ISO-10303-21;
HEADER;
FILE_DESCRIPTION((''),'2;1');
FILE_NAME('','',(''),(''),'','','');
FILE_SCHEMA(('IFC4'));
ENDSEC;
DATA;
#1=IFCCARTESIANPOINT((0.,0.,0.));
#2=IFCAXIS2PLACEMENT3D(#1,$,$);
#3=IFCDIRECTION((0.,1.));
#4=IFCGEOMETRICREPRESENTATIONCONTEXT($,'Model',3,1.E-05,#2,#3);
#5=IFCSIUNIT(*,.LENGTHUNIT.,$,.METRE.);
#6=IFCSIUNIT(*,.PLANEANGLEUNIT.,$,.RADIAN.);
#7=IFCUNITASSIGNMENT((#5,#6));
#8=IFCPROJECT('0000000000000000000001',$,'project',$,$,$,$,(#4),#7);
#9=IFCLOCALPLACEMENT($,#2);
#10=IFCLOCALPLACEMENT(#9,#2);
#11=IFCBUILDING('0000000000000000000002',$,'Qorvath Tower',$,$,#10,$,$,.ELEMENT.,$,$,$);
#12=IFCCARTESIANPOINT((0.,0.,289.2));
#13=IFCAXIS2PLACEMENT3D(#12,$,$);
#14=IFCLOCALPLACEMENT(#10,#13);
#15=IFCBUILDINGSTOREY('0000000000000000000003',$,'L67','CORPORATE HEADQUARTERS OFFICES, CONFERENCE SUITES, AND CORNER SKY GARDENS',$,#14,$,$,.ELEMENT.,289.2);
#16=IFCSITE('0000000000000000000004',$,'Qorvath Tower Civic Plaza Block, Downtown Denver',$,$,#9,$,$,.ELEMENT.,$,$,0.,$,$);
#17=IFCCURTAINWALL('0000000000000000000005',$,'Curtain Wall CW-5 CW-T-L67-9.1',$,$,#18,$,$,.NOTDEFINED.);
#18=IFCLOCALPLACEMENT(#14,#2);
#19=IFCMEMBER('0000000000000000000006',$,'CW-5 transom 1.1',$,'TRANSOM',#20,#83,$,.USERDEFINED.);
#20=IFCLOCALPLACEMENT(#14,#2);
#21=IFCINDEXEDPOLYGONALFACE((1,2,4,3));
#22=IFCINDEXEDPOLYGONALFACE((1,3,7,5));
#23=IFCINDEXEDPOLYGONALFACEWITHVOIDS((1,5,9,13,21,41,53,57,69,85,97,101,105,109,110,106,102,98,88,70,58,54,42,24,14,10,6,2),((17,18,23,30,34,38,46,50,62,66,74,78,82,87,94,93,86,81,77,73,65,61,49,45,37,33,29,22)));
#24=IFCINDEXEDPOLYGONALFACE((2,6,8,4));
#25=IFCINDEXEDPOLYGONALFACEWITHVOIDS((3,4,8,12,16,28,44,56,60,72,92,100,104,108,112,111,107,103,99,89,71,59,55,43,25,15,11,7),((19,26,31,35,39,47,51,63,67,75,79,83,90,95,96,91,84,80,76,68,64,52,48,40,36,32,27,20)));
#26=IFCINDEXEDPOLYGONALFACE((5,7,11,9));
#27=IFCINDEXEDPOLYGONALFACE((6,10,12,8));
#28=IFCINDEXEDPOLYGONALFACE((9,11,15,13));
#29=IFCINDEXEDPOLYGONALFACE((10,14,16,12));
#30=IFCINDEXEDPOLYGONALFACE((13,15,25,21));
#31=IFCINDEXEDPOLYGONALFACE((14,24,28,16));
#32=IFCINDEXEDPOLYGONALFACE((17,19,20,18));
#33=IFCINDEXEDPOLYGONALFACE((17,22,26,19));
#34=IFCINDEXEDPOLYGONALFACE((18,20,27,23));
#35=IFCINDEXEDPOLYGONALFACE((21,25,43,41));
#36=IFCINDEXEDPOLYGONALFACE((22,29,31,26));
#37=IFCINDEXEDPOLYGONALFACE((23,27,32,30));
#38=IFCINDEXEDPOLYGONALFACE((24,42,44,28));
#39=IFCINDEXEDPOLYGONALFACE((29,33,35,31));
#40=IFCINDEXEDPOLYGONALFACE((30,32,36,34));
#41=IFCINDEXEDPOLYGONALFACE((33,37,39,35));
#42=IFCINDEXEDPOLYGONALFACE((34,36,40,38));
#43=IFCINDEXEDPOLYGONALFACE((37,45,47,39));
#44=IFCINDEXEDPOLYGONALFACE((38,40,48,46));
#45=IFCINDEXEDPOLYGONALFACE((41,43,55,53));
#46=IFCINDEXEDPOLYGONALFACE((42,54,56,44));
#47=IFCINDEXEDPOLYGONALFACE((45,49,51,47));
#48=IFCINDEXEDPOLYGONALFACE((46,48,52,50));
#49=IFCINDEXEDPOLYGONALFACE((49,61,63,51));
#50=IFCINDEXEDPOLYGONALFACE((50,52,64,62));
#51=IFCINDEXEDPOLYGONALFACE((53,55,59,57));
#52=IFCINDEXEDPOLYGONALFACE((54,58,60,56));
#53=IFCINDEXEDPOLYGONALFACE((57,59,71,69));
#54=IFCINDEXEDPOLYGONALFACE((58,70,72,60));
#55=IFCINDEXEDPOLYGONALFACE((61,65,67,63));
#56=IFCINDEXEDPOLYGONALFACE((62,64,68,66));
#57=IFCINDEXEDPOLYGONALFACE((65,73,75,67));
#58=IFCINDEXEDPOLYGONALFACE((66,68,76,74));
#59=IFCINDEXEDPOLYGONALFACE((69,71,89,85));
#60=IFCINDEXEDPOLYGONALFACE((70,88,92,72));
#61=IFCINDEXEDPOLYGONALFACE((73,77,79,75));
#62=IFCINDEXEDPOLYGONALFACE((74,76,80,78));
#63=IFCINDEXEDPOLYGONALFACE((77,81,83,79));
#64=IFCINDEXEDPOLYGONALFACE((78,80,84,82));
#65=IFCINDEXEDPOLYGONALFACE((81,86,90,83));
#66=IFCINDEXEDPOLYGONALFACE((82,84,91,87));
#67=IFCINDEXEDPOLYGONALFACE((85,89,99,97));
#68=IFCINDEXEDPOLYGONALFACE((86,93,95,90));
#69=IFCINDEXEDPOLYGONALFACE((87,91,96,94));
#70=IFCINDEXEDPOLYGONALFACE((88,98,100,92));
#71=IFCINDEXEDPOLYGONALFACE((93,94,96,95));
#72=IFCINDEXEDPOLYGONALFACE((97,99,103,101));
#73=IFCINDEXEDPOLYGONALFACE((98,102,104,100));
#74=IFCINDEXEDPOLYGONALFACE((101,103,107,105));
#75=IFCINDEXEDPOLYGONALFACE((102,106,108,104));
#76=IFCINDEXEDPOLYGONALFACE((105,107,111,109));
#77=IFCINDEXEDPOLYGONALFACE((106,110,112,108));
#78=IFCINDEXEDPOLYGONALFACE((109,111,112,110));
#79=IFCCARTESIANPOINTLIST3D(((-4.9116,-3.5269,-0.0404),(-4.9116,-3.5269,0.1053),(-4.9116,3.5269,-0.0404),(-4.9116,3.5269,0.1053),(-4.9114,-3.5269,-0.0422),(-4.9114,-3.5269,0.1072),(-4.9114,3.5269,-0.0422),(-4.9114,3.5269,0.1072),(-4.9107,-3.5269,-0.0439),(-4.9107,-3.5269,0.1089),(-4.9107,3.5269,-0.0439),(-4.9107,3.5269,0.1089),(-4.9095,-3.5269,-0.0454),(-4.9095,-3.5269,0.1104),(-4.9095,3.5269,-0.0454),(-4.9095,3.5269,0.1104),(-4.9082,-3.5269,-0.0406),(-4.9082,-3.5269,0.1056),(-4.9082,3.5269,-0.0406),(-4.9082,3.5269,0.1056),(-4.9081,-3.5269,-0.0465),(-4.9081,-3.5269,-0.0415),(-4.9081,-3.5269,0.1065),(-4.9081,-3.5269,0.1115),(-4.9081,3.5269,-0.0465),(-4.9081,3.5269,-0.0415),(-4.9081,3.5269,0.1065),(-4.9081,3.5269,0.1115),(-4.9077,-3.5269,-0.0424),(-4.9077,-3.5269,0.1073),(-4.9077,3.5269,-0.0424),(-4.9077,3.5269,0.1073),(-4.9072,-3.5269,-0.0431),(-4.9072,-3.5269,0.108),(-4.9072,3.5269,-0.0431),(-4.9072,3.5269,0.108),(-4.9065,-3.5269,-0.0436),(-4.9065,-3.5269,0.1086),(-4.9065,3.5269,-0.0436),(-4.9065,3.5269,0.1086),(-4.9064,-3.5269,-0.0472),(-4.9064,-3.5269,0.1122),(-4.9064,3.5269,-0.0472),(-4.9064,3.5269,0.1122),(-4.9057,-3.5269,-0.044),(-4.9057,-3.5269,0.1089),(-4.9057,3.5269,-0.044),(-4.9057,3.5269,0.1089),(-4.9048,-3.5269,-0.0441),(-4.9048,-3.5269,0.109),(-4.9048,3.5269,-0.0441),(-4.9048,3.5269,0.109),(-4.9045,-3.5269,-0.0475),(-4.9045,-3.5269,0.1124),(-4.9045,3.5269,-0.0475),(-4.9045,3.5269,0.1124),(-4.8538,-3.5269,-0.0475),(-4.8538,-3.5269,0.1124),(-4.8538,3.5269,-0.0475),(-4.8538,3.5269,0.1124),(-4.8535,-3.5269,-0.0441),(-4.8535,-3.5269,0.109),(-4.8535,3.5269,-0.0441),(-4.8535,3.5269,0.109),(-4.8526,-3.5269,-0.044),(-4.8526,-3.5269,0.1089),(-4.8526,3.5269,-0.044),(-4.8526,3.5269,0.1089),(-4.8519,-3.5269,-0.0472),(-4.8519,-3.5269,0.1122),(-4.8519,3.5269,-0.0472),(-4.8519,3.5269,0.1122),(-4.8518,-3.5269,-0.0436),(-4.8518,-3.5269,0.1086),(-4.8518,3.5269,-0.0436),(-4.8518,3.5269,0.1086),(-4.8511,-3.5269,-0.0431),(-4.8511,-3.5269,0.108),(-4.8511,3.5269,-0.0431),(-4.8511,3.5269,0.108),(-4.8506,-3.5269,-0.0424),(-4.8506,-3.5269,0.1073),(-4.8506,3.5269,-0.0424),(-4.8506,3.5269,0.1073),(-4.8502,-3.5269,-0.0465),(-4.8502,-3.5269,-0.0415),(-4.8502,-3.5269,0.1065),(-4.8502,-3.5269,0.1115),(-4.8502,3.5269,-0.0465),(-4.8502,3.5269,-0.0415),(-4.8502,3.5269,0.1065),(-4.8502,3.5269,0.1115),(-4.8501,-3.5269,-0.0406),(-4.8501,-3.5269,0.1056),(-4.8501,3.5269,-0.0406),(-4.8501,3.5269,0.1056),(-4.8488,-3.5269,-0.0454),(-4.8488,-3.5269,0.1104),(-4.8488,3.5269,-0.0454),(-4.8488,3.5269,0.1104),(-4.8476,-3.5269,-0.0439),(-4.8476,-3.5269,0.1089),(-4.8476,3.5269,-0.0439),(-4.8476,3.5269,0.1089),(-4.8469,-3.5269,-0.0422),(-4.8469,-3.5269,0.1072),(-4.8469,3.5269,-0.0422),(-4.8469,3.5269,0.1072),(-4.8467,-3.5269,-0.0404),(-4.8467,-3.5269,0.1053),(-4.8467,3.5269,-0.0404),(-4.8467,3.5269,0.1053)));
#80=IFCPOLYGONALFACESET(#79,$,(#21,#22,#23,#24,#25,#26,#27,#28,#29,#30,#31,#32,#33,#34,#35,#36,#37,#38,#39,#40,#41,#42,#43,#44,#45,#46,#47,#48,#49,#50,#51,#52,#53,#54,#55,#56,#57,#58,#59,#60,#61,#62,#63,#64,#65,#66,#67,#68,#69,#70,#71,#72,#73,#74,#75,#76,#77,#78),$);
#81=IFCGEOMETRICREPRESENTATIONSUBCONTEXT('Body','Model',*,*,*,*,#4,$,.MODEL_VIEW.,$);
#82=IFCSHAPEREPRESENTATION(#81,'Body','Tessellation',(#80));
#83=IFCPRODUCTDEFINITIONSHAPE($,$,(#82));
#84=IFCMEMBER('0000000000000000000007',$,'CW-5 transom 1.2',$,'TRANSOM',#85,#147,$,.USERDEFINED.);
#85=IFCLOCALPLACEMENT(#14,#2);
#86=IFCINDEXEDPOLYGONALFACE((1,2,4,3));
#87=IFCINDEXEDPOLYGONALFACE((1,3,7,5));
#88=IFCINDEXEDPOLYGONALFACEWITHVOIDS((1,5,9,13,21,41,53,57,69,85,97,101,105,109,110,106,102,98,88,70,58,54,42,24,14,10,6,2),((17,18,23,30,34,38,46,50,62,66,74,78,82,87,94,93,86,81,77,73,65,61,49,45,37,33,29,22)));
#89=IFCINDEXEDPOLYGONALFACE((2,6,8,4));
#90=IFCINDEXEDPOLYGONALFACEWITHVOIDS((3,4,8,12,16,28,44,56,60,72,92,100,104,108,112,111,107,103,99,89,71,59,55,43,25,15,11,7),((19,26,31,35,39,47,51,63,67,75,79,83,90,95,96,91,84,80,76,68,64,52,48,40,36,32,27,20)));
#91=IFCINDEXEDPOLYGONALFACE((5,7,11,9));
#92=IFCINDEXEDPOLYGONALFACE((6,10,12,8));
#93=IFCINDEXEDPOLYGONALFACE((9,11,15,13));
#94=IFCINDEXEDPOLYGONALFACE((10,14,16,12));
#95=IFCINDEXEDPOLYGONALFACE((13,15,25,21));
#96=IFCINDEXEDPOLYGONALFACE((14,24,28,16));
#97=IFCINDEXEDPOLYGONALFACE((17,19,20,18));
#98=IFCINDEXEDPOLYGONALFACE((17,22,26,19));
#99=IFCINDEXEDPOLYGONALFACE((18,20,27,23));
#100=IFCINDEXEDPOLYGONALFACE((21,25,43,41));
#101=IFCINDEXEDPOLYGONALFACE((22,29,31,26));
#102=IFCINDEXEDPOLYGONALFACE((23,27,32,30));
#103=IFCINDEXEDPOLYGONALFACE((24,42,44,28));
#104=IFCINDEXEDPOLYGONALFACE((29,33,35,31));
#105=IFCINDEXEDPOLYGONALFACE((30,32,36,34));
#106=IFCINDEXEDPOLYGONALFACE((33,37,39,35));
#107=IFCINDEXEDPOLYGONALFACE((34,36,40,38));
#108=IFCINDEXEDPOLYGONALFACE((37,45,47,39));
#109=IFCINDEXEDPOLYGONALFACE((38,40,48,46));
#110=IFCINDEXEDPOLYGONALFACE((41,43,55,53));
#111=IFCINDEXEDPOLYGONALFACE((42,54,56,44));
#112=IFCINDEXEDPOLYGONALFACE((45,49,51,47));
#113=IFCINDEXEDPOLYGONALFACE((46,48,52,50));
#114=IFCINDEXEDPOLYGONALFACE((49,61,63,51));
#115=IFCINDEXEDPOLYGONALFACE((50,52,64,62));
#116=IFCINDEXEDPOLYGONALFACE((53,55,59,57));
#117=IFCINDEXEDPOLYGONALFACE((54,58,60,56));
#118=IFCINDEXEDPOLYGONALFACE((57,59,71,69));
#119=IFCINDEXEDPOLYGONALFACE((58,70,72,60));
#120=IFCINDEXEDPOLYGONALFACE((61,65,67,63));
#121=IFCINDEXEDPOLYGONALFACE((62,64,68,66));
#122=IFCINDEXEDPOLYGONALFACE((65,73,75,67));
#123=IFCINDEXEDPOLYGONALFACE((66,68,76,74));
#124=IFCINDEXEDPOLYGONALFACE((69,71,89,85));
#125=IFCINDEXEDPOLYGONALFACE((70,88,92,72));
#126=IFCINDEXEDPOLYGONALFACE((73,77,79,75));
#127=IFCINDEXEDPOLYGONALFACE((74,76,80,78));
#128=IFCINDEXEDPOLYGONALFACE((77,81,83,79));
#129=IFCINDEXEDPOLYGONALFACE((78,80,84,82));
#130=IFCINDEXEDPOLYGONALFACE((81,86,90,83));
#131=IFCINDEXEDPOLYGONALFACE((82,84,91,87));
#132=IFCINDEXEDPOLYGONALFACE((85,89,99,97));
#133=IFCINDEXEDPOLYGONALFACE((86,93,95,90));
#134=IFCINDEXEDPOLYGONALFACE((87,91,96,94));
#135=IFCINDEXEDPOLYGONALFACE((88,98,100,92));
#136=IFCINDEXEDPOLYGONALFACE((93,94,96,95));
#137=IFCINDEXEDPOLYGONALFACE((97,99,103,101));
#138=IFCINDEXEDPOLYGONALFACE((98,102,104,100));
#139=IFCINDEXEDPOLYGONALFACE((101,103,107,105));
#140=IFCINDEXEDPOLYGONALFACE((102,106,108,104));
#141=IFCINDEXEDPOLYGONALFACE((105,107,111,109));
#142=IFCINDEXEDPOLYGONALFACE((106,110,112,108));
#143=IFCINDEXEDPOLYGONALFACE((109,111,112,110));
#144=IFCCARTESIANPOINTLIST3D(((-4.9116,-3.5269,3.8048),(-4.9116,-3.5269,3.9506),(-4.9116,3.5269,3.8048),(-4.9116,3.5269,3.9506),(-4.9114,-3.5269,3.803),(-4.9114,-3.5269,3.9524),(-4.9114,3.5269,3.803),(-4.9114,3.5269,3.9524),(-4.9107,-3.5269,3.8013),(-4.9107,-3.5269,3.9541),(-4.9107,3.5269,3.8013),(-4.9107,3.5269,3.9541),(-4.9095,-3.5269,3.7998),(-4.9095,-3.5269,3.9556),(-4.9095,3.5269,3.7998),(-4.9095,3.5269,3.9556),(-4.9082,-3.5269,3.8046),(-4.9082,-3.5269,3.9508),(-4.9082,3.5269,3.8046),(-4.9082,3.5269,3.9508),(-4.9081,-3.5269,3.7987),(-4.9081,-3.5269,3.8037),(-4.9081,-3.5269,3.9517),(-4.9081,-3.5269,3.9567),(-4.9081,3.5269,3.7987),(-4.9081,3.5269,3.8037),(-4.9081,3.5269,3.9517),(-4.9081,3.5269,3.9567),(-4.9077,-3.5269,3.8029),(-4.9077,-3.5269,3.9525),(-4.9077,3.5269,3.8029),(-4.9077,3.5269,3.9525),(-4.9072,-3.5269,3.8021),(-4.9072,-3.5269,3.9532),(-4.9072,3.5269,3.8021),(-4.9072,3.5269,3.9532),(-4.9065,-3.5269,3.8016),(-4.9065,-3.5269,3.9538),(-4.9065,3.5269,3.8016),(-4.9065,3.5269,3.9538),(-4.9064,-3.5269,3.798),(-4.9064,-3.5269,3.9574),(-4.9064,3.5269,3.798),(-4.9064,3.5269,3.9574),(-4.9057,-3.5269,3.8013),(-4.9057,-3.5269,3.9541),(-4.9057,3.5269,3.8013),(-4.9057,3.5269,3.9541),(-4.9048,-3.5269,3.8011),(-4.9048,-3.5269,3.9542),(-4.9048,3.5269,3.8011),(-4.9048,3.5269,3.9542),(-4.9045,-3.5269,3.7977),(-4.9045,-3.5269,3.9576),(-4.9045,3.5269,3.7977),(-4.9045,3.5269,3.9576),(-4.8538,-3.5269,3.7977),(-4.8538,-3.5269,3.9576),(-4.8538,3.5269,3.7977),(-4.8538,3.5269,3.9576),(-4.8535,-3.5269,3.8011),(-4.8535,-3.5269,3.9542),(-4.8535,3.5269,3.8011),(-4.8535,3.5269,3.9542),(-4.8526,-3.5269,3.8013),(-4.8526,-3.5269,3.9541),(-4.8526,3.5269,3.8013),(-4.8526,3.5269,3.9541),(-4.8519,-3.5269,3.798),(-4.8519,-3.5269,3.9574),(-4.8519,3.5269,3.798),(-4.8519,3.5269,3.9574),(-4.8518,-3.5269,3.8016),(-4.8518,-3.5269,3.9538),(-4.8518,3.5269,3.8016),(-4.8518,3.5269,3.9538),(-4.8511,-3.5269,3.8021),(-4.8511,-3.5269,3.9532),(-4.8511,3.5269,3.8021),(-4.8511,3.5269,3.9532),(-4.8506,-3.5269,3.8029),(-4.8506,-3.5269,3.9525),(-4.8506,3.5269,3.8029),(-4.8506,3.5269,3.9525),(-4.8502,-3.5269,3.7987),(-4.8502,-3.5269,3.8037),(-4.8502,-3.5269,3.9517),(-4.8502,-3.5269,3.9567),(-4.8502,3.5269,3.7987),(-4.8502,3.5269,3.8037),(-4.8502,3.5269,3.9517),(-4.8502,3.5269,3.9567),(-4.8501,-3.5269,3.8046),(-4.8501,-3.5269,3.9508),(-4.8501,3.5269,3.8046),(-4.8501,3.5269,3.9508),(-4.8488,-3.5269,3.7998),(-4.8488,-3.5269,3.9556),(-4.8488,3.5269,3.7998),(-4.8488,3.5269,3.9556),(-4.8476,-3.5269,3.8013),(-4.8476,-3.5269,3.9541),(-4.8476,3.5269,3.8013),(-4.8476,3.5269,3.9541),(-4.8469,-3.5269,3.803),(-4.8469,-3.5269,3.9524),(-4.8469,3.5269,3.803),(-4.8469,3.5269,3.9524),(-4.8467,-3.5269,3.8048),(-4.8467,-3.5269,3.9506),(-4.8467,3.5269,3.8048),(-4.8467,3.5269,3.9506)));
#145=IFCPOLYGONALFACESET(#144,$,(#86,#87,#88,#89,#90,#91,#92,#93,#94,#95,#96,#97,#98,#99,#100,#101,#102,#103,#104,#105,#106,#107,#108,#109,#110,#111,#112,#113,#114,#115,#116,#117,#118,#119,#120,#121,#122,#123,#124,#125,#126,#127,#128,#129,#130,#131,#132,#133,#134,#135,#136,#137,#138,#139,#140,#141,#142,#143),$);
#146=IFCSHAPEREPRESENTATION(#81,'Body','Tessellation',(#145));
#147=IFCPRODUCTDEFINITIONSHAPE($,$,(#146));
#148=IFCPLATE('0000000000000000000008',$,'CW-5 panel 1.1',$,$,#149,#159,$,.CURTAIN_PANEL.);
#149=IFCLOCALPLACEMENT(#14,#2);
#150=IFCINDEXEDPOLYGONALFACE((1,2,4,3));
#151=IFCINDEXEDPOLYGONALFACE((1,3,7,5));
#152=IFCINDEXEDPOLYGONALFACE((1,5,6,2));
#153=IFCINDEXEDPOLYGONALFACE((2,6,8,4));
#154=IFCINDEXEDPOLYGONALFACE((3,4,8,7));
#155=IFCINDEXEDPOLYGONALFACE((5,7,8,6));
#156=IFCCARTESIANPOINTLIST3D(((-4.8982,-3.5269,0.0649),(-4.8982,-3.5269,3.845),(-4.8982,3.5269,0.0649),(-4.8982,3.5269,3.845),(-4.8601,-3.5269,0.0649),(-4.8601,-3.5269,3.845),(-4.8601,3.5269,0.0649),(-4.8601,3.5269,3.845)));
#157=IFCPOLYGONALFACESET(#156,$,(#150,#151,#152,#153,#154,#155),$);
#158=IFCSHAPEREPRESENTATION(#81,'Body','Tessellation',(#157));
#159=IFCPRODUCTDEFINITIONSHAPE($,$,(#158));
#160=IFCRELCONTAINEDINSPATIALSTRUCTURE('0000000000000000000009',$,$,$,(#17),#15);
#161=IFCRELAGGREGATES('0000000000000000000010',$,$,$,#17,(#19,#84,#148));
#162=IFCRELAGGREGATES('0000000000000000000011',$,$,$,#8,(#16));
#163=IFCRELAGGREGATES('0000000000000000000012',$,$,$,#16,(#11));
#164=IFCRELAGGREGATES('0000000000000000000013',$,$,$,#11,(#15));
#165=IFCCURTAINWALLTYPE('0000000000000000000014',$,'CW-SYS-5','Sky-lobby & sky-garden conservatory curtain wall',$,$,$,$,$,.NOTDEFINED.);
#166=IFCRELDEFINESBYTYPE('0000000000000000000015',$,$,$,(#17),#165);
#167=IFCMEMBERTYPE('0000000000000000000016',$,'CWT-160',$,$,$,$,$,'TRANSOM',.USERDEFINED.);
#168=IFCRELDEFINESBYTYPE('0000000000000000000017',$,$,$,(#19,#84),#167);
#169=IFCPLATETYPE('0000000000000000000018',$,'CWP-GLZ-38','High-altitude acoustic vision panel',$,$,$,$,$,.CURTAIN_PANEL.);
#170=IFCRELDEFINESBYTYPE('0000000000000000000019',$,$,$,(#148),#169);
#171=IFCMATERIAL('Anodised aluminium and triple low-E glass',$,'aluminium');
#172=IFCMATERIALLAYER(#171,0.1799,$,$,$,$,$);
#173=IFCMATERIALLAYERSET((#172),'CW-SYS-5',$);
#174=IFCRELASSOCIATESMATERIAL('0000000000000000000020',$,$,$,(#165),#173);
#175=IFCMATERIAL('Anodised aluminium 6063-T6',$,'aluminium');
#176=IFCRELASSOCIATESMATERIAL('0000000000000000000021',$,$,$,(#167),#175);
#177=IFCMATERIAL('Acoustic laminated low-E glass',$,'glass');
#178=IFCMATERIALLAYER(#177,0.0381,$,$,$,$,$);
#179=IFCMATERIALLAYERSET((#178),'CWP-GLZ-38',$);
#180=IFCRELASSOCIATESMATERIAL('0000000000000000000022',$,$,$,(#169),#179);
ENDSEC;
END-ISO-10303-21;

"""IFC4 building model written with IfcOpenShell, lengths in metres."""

from ifc_helpers import new_model, si_unit, direction, frame, origin, origin_2d, place, context, subcontext, project, spatial, rectangle, hollow_rectangle, extrude, material, layer, layer_set, material_profile, profile_set, type_object, element, aggregate, save


model = new_model("IFC4")

# Units and contexts
model_context = context("Model", 3, precision=1e-05, world=origin(), true_north=direction((0.0, 1.0)))
body_context = subcontext(model_context, "Body", "Model", "MODEL_VIEW")
ifc_project = project(units=[si_unit("LENGTHUNIT", "METRE"), si_unit("PLANEANGLEUNIT", "RADIAN")], contexts=[model_context])

# Site, building, storey
site_placement = place(None, origin())
site = spatial("IfcSite", under=ifc_project, at=site_placement, Name="Qorvath Tower Civic Plaza Block, Downtown Denver", CompositionType="ELEMENT", RefElevation=0.0)
building_placement = place(site_placement, origin())
building = spatial("IfcBuilding", under=site, at=building_placement, Name="Qorvath Tower", CompositionType="ELEMENT")
storey_placement = place(building_placement, frame((0.0, 0.0, 289.2)))
storey = spatial("IfcBuildingStorey", under=building, at=storey_placement, Name="L67", Description="CORPORATE HEADQUARTERS OFFICES, CONFERENCE SUITES, AND CORNER SKY GARDENS", CompositionType="ELEMENT", Elevation=289.2)

# Shared definitions
ifc_material_1 = material(Name="Anodised aluminium and triple low-E glass", Category="aluminium")
ifc_layer_1 = layer(ifc_material_1, 0.1799)
ifc_layer_set_1 = layer_set([ifc_layer_1], Name="CW-SYS-5")
curtain_wall_type = type_object("IfcCurtainWallType", Name="CW-SYS-5", Description="Sky-lobby & sky-garden conservatory curtain wall", PredefinedType="NOTDEFINED", material=ifc_layer_set_1)

# Curtain wall, members, plate
curtain_wall_1_placement = place(storey_placement, origin())
curtain_wall_1 = element("IfcCurtainWall", 1, at=curtain_wall_1_placement, inside=storey, type_object=curtain_wall_type, Name="Curtain Wall CW-5 CW-T-L67-9.1", PredefinedType="NOTDEFINED")
ifc_material_2 = material(Name="Anodised aluminium 6063-T6", Category="aluminium")
ifc_material_profile_1 = material_profile(ifc_material_2, hollow_rectangle(XDim=0.0649, YDim=0.1599, WallThickness=0.0034, InnerFilletRadius=0.0034, OuterFilletRadius=0.0071, at=origin_2d()), Name="CWT 160x65")
ifc_profile_set_1 = profile_set([ifc_material_profile_1], Name="Anodised aluminium 6063-T6")
member_type_1 = type_object("IfcMemberType", Name="CWT-160", ElementType="TRANSOM", PredefinedType="USERDEFINED", material=ifc_profile_set_1)
member_1_placement = place(storey_placement, frame((-4.8792, -3.5269, 0.0325), z_axis=(0.0, 1.0, 0.0), x_axis=(-1.0, 0.0, 0.0)))
member_1 = element("IfcMember", 2, at=member_1_placement, type_object=member_type_1, Name="CW-5 transom 1.1", ObjectType="TRANSOM", PredefinedType="USERDEFINED", context=body_context, shape_type="SweptSolid", body=[
    extrude(hollow_rectangle(XDim=0.0649, YDim=0.1599, WallThickness=0.0034, InnerFilletRadius=0.0034, OuterFilletRadius=0.0071, at=origin_2d()), origin(), (0.0, 0.0, 1.0), 7.0537),
])
member_2_placement = place(storey_placement, frame((-4.8792, -3.5269, 3.8777), z_axis=(0.0, 1.0, 0.0), x_axis=(-1.0, 0.0, 0.0)))
member_2 = element("IfcMember", 3, at=member_2_placement, type_object=member_type_1, Name="CW-5 transom 1.2", ObjectType="TRANSOM", PredefinedType="USERDEFINED", context=body_context, shape_type="SweptSolid", body=[
    extrude(hollow_rectangle(XDim=0.0649, YDim=0.1599, WallThickness=0.0034, InnerFilletRadius=0.0034, OuterFilletRadius=0.0071, at=origin_2d()), origin(), (0.0, 0.0, 1.0), 7.0537),
])
ifc_material_3 = material(Name="Acoustic laminated low-E glass", Category="glass")
ifc_layer_2 = layer(ifc_material_3, 0.0381)
ifc_layer_set_2 = layer_set([ifc_layer_2], Name="CWP-GLZ-38")
plate_type = type_object("IfcPlateType", Name="CWP-GLZ-38", Description="High-altitude acoustic vision panel", PredefinedType="CURTAIN_PANEL", material=ifc_layer_set_2)
plate_placement = place(storey_placement, frame((-4.8792, 0.0, 0.0649), z_axis=(0.0, 0.0, 1.0), x_axis=(0.0, 1.0, 0.0)))
plate = element("IfcPlate", 4, at=plate_placement, type_object=plate_type, Name="CW-5 panel 1.1", PredefinedType="CURTAIN_PANEL", context=body_context, shape_type="SweptSolid", body=[
    extrude(rectangle(XDim=7.0537, YDim=0.0381, at=origin_2d()), origin(), (0.0, 0.0, 1.0), 3.78),
])
aggregate(curtain_wall_1, [member_1, member_2, plate])

save(model, "model.ifc")
